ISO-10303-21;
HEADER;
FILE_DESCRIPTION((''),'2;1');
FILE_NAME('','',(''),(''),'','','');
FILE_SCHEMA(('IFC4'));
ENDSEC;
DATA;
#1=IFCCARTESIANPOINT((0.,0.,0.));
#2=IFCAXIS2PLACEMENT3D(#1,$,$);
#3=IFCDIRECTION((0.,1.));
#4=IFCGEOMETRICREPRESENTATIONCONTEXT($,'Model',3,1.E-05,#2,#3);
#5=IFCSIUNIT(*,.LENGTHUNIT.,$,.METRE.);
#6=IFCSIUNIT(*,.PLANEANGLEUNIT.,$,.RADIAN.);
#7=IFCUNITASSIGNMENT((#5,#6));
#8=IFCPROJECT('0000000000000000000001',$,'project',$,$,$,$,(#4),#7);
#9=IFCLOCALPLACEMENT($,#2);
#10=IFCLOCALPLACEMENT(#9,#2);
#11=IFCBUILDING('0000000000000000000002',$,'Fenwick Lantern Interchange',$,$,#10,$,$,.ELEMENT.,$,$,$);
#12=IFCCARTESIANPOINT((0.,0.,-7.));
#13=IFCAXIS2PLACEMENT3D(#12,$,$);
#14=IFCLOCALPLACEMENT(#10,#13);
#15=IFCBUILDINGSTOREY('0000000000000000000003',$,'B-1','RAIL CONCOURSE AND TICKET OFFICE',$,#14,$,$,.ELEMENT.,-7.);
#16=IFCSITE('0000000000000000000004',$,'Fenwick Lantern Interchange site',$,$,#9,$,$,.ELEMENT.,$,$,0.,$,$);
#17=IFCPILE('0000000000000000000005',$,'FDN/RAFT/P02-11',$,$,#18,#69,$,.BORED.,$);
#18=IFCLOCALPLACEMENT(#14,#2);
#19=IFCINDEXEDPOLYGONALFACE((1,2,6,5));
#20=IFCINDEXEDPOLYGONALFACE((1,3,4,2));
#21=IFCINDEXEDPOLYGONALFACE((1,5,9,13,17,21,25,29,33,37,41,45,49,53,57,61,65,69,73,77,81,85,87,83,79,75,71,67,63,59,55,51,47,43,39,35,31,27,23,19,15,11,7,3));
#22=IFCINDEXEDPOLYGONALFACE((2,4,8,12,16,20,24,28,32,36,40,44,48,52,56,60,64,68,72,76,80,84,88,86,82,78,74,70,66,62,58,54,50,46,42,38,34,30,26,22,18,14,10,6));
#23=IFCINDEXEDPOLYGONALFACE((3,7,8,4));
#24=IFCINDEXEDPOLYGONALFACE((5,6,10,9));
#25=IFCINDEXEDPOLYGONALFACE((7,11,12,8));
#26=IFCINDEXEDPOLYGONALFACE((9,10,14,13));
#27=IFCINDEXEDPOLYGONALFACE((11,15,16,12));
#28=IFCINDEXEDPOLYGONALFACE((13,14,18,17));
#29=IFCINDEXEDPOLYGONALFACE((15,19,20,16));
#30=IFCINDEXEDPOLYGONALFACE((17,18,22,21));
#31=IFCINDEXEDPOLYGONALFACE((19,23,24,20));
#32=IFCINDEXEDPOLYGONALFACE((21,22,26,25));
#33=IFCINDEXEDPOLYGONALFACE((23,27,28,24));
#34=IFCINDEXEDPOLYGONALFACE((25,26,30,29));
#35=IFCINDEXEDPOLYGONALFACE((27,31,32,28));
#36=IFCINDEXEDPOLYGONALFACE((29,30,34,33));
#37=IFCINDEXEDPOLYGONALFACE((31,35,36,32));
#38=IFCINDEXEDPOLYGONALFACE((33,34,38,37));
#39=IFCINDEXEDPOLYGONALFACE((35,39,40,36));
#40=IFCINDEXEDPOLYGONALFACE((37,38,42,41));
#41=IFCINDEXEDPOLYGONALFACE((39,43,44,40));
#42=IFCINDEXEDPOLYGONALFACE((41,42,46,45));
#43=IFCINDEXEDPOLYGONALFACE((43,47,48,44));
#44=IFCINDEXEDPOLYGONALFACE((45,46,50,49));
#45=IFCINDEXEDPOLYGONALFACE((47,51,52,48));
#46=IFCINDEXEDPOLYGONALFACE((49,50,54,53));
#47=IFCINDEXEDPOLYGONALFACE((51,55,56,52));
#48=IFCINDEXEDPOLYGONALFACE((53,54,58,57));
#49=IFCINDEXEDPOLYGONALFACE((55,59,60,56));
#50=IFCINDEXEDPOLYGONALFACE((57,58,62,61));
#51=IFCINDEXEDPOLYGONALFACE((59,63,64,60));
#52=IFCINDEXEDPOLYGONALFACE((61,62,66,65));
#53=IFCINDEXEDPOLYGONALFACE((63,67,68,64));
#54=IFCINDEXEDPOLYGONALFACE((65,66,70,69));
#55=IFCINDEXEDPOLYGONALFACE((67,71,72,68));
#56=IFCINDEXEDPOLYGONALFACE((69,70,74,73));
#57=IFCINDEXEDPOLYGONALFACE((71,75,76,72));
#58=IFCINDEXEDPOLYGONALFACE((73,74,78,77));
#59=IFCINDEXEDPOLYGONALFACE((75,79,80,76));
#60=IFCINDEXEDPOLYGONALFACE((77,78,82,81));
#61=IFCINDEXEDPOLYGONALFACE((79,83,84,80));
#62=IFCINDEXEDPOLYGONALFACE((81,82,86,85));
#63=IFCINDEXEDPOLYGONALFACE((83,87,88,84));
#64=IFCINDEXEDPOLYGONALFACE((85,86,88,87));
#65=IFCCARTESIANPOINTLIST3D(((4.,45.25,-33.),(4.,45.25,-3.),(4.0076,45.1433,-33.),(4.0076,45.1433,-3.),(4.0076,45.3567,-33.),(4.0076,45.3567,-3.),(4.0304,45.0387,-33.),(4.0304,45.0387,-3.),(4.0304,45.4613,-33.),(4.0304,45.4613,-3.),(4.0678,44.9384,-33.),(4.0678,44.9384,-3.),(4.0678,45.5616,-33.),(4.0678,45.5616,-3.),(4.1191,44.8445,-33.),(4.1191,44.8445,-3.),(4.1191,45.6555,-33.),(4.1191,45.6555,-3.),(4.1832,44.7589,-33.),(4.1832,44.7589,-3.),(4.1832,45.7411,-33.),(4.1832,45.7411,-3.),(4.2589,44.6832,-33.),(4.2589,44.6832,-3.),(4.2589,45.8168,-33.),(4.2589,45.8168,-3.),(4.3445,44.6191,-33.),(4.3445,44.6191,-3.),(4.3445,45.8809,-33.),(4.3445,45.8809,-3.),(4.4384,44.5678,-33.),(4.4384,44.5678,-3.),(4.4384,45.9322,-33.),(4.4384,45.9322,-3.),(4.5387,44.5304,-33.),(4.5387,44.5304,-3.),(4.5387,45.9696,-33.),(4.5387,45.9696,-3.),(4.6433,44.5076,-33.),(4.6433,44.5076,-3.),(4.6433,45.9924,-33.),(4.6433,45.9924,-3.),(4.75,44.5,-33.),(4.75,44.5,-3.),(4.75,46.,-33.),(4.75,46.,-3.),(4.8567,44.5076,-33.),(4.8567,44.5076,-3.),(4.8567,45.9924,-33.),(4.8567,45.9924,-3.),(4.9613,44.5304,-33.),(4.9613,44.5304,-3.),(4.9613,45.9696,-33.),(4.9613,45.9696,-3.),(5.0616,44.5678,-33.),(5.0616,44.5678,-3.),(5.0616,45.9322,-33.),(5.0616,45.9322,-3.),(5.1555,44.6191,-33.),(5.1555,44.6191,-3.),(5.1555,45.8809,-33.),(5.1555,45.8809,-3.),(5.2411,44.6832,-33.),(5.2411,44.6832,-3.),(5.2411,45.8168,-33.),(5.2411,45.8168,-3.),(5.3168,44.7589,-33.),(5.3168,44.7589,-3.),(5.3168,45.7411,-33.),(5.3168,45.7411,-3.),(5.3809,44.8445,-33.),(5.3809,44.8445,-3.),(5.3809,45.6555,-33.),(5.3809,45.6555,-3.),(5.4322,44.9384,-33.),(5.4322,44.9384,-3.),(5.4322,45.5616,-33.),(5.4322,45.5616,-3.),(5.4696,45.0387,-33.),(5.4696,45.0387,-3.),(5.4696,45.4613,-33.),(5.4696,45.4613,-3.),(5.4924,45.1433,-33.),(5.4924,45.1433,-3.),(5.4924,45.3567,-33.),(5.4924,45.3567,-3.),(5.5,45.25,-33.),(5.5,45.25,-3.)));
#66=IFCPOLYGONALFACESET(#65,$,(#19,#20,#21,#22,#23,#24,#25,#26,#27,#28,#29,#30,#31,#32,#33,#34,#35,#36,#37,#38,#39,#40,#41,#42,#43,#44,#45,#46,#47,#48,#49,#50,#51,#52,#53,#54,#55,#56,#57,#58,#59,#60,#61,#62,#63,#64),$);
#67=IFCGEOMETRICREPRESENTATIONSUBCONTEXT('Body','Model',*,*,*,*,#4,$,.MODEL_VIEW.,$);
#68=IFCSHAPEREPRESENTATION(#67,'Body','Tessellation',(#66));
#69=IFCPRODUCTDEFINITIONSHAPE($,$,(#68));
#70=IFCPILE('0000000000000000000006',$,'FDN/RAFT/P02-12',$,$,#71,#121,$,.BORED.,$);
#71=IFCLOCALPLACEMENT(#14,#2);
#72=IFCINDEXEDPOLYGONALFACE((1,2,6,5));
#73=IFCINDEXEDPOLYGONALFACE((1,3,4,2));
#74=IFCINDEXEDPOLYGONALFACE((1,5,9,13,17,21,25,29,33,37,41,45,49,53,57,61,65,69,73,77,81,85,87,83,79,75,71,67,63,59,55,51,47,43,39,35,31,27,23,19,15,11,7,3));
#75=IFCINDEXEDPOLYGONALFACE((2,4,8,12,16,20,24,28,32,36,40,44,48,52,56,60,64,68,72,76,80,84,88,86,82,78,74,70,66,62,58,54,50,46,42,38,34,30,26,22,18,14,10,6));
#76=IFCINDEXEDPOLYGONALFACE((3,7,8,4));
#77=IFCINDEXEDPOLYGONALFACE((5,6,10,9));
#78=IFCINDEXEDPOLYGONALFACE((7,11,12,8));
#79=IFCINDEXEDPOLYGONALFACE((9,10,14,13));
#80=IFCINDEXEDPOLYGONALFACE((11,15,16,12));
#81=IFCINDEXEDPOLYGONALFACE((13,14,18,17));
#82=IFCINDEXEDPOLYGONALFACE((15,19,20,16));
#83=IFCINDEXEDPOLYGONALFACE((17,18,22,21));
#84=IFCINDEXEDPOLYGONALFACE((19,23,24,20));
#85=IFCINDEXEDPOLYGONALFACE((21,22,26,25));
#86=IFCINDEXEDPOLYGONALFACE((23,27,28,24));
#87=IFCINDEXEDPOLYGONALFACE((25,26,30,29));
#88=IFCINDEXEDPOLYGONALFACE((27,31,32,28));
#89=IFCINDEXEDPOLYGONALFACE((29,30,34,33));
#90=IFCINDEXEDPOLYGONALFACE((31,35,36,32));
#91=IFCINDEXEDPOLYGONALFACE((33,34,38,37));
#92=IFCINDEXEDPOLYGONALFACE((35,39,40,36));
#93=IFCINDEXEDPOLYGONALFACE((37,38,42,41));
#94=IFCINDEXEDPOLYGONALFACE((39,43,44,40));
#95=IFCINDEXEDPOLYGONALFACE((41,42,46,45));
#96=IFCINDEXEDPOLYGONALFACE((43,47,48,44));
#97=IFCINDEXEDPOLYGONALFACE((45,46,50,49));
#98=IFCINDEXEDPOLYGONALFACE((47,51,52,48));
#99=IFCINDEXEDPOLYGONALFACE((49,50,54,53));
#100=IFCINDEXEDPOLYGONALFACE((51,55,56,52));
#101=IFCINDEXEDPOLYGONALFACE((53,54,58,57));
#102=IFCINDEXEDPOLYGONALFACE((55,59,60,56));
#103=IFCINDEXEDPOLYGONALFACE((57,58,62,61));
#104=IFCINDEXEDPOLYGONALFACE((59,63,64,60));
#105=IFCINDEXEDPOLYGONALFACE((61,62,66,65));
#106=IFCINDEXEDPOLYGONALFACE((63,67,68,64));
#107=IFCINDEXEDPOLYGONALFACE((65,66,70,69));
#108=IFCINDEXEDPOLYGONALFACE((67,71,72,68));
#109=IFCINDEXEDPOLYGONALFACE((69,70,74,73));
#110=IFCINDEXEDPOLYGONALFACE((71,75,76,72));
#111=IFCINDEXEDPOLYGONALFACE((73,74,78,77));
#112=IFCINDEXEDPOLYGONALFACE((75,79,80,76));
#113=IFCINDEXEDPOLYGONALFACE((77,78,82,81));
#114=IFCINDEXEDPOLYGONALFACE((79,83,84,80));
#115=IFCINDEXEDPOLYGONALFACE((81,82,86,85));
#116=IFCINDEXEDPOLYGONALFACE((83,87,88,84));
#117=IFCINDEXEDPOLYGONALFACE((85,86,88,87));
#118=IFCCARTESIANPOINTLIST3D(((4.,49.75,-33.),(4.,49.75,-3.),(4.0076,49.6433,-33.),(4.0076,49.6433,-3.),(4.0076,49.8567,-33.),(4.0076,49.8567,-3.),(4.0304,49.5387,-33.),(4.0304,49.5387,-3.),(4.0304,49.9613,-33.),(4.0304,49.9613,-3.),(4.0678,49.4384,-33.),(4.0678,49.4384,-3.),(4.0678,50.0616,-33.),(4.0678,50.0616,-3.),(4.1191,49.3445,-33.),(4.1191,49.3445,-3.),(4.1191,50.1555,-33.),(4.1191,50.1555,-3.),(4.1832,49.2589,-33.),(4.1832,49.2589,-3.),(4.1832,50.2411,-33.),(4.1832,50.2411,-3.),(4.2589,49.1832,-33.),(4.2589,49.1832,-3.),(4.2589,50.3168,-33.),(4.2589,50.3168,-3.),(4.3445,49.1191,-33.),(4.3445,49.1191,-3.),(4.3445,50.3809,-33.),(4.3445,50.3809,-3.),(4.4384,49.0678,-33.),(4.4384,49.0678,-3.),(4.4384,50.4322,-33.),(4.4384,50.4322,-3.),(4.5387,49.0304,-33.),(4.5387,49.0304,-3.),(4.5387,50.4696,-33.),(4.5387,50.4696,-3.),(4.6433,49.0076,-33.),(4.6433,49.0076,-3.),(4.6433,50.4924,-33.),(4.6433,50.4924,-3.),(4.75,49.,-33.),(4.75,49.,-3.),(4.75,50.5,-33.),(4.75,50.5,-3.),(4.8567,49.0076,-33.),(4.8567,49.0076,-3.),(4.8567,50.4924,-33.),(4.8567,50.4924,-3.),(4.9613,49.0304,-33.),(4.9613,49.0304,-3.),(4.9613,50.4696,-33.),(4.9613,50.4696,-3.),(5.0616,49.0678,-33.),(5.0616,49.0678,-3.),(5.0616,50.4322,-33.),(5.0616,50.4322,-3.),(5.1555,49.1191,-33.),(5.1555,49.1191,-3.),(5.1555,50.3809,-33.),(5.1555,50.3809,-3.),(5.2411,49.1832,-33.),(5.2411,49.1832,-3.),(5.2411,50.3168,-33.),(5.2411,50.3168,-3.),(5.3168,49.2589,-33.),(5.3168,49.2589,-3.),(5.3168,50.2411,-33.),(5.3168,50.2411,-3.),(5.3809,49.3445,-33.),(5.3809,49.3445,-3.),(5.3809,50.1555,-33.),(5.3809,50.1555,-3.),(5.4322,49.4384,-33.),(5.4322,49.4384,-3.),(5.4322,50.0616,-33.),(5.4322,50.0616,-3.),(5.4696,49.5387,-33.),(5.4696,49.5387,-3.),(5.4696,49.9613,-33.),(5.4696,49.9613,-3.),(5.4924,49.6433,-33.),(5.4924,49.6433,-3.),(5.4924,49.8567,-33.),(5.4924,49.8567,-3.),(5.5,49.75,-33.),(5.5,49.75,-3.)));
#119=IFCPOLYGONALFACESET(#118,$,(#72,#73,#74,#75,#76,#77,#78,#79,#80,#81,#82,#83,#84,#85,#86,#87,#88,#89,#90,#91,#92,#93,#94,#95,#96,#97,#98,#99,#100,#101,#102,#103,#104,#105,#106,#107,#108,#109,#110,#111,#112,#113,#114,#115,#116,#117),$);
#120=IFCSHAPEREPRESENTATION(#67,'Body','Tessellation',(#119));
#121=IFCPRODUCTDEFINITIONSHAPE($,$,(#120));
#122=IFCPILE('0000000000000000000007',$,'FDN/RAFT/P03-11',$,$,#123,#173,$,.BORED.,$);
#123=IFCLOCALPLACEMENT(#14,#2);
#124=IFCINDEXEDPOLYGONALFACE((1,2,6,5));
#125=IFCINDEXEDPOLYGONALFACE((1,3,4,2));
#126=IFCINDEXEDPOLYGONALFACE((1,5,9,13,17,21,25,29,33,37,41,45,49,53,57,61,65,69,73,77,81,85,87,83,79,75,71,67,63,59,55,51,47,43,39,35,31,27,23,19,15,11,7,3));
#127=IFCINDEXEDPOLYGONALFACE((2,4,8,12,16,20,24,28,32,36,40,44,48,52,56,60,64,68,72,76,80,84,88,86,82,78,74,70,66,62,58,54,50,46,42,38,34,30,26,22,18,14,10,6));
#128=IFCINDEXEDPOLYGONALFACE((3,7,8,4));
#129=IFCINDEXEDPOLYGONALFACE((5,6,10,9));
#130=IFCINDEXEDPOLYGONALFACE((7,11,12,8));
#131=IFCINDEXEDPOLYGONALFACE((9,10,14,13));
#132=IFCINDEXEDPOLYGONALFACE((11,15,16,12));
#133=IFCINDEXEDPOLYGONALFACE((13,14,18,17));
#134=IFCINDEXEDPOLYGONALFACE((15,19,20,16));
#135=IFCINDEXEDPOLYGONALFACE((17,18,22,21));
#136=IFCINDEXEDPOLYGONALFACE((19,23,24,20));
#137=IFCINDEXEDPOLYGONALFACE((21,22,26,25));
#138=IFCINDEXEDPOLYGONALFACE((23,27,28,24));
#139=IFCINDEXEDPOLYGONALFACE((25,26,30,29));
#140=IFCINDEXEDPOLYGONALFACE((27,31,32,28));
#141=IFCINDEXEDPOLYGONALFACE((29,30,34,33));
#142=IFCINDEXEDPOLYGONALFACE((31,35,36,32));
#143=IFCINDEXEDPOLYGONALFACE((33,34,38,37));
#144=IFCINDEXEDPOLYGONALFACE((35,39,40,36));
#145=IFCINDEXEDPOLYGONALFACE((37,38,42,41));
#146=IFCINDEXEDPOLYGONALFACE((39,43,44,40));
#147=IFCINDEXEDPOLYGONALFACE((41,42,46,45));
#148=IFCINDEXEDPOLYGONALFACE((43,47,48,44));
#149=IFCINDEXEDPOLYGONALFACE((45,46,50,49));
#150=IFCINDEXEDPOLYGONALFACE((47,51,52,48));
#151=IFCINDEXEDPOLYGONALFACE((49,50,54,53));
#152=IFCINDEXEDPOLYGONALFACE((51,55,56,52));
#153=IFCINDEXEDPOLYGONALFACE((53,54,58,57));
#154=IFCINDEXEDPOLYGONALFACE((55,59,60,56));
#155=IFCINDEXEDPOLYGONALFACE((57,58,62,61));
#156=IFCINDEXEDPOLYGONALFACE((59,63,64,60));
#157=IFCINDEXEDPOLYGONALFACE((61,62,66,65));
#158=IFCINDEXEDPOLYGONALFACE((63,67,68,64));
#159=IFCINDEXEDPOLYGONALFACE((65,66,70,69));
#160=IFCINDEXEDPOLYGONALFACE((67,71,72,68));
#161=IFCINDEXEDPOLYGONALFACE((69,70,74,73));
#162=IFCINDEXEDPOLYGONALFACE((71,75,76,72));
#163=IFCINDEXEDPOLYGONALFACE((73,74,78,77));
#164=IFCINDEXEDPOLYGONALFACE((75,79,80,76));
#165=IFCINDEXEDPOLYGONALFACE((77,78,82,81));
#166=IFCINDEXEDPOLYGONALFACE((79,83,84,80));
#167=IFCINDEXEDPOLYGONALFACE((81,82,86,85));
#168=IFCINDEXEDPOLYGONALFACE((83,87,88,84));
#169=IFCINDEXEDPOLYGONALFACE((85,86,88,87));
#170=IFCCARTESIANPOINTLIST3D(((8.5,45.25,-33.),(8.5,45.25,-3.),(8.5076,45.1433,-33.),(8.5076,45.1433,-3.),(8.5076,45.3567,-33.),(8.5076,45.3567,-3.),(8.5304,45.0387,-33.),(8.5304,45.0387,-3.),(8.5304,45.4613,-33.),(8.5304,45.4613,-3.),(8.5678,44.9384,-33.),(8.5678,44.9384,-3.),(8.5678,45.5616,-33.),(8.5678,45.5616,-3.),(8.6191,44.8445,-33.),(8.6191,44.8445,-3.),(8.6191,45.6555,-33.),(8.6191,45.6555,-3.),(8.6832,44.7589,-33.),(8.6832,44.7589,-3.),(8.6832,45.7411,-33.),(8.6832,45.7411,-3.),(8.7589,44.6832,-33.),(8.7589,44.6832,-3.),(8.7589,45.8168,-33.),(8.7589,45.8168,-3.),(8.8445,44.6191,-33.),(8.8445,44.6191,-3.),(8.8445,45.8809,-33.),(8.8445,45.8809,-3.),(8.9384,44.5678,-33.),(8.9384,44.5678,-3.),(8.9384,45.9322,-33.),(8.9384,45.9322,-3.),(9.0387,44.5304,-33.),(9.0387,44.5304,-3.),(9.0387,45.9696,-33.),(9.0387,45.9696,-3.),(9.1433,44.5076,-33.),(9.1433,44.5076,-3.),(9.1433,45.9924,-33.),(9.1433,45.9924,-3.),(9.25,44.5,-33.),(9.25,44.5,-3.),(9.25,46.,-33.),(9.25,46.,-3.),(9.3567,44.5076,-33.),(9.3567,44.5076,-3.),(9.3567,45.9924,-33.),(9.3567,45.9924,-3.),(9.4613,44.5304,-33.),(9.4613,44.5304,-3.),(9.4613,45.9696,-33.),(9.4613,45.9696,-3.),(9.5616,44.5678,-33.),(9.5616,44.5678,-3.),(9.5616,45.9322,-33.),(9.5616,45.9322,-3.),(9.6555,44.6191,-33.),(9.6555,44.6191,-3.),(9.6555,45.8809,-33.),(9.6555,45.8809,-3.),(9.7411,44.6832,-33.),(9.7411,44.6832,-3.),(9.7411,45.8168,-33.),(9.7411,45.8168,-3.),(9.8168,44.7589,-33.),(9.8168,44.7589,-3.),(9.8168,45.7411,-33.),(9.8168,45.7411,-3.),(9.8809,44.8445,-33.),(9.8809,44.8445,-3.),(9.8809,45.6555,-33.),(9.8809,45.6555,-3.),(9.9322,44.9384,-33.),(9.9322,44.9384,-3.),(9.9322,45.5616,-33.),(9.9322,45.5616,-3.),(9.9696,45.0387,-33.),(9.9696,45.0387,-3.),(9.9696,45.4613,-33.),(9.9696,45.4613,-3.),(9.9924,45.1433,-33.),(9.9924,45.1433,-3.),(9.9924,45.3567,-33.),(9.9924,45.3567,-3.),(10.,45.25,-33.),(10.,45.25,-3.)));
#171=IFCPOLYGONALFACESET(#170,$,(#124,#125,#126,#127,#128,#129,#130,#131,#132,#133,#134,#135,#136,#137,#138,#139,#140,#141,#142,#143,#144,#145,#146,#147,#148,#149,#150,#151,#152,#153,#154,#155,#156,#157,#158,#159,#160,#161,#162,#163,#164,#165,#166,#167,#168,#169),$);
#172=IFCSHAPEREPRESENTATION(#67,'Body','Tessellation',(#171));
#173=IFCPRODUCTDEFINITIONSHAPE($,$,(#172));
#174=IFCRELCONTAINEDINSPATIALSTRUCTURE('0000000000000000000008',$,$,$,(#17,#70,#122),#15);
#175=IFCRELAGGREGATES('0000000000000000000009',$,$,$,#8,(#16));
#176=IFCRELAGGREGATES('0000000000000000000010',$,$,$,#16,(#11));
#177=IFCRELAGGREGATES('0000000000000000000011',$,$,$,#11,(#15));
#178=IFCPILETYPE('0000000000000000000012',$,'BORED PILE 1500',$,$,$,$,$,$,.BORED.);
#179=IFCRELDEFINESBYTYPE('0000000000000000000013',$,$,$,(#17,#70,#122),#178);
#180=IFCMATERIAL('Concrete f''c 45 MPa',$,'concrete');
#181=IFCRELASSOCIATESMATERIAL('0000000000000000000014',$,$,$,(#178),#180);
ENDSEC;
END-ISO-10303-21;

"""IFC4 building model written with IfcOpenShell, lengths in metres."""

from ifc_helpers import new_model, si_unit, direction, frame, origin, origin_2d, place, context, subcontext, project, spatial, circle, extrude, material, type_object, element, save


model = new_model("IFC4")

# Units and contexts
model_context = context("Model", 3, precision=1e-05, world=origin(), true_north=direction((0.0, 1.0)))
body_context = subcontext(model_context, "Body", "Model", "MODEL_VIEW")
ifc_project = project(units=[si_unit("LENGTHUNIT", "METRE"), si_unit("PLANEANGLEUNIT", "RADIAN")], contexts=[model_context])

# Site, building, storey
site_placement = place(None, origin())
site = spatial("IfcSite", under=ifc_project, at=site_placement, Name="Fenwick Lantern Interchange site", CompositionType="ELEMENT", RefElevation=0.0)
building_placement = place(site_placement, origin())
building = spatial("IfcBuilding", under=site, at=building_placement, Name="Fenwick Lantern Interchange", CompositionType="ELEMENT")
storey_placement = place(building_placement, frame((0.0, 0.0, -7.0)))
storey = spatial("IfcBuildingStorey", under=building, at=storey_placement, Name="B-1", Description="RAIL CONCOURSE AND TICKET OFFICE", CompositionType="ELEMENT", Elevation=-7.0)

# Piles
ifc_material_1 = material(Name="Concrete f'c 45 MPa", Category="concrete")
pile_type_1 = type_object("IfcPileType", Name="BORED PILE 1500", PredefinedType="BORED", material=ifc_material_1)
for number, where, z_axis, x_axis, name in (
    (1, (4.75, 45.25, -3.0), (0.0, 0.0, -1.0), (1.0, 0.0, 0.0), "FDN/RAFT/P02-11"),
    (2, (4.75, 49.75, -3.0), (0.0, 0.0, -1.0), (1.0, 0.0, 0.0), "FDN/RAFT/P02-12"),
    (3, (9.25, 45.25, -3.0), (0.0, 0.0, -1.0), (1.0, 0.0, 0.0), "FDN/RAFT/P03-11"),
):
    element("IfcPile", number, at=place(storey_placement, frame(where, z_axis=z_axis, x_axis=x_axis)), inside=storey, type_object=pile_type_1, Name=name, PredefinedType="BORED", context=body_context, shape_type="SweptSolid", body=[
        extrude(circle(Radius=0.75, at=origin_2d()), origin(), (0.0, 0.0, 1.0), 30.0),
    ])

save(model, "model.ifc")
